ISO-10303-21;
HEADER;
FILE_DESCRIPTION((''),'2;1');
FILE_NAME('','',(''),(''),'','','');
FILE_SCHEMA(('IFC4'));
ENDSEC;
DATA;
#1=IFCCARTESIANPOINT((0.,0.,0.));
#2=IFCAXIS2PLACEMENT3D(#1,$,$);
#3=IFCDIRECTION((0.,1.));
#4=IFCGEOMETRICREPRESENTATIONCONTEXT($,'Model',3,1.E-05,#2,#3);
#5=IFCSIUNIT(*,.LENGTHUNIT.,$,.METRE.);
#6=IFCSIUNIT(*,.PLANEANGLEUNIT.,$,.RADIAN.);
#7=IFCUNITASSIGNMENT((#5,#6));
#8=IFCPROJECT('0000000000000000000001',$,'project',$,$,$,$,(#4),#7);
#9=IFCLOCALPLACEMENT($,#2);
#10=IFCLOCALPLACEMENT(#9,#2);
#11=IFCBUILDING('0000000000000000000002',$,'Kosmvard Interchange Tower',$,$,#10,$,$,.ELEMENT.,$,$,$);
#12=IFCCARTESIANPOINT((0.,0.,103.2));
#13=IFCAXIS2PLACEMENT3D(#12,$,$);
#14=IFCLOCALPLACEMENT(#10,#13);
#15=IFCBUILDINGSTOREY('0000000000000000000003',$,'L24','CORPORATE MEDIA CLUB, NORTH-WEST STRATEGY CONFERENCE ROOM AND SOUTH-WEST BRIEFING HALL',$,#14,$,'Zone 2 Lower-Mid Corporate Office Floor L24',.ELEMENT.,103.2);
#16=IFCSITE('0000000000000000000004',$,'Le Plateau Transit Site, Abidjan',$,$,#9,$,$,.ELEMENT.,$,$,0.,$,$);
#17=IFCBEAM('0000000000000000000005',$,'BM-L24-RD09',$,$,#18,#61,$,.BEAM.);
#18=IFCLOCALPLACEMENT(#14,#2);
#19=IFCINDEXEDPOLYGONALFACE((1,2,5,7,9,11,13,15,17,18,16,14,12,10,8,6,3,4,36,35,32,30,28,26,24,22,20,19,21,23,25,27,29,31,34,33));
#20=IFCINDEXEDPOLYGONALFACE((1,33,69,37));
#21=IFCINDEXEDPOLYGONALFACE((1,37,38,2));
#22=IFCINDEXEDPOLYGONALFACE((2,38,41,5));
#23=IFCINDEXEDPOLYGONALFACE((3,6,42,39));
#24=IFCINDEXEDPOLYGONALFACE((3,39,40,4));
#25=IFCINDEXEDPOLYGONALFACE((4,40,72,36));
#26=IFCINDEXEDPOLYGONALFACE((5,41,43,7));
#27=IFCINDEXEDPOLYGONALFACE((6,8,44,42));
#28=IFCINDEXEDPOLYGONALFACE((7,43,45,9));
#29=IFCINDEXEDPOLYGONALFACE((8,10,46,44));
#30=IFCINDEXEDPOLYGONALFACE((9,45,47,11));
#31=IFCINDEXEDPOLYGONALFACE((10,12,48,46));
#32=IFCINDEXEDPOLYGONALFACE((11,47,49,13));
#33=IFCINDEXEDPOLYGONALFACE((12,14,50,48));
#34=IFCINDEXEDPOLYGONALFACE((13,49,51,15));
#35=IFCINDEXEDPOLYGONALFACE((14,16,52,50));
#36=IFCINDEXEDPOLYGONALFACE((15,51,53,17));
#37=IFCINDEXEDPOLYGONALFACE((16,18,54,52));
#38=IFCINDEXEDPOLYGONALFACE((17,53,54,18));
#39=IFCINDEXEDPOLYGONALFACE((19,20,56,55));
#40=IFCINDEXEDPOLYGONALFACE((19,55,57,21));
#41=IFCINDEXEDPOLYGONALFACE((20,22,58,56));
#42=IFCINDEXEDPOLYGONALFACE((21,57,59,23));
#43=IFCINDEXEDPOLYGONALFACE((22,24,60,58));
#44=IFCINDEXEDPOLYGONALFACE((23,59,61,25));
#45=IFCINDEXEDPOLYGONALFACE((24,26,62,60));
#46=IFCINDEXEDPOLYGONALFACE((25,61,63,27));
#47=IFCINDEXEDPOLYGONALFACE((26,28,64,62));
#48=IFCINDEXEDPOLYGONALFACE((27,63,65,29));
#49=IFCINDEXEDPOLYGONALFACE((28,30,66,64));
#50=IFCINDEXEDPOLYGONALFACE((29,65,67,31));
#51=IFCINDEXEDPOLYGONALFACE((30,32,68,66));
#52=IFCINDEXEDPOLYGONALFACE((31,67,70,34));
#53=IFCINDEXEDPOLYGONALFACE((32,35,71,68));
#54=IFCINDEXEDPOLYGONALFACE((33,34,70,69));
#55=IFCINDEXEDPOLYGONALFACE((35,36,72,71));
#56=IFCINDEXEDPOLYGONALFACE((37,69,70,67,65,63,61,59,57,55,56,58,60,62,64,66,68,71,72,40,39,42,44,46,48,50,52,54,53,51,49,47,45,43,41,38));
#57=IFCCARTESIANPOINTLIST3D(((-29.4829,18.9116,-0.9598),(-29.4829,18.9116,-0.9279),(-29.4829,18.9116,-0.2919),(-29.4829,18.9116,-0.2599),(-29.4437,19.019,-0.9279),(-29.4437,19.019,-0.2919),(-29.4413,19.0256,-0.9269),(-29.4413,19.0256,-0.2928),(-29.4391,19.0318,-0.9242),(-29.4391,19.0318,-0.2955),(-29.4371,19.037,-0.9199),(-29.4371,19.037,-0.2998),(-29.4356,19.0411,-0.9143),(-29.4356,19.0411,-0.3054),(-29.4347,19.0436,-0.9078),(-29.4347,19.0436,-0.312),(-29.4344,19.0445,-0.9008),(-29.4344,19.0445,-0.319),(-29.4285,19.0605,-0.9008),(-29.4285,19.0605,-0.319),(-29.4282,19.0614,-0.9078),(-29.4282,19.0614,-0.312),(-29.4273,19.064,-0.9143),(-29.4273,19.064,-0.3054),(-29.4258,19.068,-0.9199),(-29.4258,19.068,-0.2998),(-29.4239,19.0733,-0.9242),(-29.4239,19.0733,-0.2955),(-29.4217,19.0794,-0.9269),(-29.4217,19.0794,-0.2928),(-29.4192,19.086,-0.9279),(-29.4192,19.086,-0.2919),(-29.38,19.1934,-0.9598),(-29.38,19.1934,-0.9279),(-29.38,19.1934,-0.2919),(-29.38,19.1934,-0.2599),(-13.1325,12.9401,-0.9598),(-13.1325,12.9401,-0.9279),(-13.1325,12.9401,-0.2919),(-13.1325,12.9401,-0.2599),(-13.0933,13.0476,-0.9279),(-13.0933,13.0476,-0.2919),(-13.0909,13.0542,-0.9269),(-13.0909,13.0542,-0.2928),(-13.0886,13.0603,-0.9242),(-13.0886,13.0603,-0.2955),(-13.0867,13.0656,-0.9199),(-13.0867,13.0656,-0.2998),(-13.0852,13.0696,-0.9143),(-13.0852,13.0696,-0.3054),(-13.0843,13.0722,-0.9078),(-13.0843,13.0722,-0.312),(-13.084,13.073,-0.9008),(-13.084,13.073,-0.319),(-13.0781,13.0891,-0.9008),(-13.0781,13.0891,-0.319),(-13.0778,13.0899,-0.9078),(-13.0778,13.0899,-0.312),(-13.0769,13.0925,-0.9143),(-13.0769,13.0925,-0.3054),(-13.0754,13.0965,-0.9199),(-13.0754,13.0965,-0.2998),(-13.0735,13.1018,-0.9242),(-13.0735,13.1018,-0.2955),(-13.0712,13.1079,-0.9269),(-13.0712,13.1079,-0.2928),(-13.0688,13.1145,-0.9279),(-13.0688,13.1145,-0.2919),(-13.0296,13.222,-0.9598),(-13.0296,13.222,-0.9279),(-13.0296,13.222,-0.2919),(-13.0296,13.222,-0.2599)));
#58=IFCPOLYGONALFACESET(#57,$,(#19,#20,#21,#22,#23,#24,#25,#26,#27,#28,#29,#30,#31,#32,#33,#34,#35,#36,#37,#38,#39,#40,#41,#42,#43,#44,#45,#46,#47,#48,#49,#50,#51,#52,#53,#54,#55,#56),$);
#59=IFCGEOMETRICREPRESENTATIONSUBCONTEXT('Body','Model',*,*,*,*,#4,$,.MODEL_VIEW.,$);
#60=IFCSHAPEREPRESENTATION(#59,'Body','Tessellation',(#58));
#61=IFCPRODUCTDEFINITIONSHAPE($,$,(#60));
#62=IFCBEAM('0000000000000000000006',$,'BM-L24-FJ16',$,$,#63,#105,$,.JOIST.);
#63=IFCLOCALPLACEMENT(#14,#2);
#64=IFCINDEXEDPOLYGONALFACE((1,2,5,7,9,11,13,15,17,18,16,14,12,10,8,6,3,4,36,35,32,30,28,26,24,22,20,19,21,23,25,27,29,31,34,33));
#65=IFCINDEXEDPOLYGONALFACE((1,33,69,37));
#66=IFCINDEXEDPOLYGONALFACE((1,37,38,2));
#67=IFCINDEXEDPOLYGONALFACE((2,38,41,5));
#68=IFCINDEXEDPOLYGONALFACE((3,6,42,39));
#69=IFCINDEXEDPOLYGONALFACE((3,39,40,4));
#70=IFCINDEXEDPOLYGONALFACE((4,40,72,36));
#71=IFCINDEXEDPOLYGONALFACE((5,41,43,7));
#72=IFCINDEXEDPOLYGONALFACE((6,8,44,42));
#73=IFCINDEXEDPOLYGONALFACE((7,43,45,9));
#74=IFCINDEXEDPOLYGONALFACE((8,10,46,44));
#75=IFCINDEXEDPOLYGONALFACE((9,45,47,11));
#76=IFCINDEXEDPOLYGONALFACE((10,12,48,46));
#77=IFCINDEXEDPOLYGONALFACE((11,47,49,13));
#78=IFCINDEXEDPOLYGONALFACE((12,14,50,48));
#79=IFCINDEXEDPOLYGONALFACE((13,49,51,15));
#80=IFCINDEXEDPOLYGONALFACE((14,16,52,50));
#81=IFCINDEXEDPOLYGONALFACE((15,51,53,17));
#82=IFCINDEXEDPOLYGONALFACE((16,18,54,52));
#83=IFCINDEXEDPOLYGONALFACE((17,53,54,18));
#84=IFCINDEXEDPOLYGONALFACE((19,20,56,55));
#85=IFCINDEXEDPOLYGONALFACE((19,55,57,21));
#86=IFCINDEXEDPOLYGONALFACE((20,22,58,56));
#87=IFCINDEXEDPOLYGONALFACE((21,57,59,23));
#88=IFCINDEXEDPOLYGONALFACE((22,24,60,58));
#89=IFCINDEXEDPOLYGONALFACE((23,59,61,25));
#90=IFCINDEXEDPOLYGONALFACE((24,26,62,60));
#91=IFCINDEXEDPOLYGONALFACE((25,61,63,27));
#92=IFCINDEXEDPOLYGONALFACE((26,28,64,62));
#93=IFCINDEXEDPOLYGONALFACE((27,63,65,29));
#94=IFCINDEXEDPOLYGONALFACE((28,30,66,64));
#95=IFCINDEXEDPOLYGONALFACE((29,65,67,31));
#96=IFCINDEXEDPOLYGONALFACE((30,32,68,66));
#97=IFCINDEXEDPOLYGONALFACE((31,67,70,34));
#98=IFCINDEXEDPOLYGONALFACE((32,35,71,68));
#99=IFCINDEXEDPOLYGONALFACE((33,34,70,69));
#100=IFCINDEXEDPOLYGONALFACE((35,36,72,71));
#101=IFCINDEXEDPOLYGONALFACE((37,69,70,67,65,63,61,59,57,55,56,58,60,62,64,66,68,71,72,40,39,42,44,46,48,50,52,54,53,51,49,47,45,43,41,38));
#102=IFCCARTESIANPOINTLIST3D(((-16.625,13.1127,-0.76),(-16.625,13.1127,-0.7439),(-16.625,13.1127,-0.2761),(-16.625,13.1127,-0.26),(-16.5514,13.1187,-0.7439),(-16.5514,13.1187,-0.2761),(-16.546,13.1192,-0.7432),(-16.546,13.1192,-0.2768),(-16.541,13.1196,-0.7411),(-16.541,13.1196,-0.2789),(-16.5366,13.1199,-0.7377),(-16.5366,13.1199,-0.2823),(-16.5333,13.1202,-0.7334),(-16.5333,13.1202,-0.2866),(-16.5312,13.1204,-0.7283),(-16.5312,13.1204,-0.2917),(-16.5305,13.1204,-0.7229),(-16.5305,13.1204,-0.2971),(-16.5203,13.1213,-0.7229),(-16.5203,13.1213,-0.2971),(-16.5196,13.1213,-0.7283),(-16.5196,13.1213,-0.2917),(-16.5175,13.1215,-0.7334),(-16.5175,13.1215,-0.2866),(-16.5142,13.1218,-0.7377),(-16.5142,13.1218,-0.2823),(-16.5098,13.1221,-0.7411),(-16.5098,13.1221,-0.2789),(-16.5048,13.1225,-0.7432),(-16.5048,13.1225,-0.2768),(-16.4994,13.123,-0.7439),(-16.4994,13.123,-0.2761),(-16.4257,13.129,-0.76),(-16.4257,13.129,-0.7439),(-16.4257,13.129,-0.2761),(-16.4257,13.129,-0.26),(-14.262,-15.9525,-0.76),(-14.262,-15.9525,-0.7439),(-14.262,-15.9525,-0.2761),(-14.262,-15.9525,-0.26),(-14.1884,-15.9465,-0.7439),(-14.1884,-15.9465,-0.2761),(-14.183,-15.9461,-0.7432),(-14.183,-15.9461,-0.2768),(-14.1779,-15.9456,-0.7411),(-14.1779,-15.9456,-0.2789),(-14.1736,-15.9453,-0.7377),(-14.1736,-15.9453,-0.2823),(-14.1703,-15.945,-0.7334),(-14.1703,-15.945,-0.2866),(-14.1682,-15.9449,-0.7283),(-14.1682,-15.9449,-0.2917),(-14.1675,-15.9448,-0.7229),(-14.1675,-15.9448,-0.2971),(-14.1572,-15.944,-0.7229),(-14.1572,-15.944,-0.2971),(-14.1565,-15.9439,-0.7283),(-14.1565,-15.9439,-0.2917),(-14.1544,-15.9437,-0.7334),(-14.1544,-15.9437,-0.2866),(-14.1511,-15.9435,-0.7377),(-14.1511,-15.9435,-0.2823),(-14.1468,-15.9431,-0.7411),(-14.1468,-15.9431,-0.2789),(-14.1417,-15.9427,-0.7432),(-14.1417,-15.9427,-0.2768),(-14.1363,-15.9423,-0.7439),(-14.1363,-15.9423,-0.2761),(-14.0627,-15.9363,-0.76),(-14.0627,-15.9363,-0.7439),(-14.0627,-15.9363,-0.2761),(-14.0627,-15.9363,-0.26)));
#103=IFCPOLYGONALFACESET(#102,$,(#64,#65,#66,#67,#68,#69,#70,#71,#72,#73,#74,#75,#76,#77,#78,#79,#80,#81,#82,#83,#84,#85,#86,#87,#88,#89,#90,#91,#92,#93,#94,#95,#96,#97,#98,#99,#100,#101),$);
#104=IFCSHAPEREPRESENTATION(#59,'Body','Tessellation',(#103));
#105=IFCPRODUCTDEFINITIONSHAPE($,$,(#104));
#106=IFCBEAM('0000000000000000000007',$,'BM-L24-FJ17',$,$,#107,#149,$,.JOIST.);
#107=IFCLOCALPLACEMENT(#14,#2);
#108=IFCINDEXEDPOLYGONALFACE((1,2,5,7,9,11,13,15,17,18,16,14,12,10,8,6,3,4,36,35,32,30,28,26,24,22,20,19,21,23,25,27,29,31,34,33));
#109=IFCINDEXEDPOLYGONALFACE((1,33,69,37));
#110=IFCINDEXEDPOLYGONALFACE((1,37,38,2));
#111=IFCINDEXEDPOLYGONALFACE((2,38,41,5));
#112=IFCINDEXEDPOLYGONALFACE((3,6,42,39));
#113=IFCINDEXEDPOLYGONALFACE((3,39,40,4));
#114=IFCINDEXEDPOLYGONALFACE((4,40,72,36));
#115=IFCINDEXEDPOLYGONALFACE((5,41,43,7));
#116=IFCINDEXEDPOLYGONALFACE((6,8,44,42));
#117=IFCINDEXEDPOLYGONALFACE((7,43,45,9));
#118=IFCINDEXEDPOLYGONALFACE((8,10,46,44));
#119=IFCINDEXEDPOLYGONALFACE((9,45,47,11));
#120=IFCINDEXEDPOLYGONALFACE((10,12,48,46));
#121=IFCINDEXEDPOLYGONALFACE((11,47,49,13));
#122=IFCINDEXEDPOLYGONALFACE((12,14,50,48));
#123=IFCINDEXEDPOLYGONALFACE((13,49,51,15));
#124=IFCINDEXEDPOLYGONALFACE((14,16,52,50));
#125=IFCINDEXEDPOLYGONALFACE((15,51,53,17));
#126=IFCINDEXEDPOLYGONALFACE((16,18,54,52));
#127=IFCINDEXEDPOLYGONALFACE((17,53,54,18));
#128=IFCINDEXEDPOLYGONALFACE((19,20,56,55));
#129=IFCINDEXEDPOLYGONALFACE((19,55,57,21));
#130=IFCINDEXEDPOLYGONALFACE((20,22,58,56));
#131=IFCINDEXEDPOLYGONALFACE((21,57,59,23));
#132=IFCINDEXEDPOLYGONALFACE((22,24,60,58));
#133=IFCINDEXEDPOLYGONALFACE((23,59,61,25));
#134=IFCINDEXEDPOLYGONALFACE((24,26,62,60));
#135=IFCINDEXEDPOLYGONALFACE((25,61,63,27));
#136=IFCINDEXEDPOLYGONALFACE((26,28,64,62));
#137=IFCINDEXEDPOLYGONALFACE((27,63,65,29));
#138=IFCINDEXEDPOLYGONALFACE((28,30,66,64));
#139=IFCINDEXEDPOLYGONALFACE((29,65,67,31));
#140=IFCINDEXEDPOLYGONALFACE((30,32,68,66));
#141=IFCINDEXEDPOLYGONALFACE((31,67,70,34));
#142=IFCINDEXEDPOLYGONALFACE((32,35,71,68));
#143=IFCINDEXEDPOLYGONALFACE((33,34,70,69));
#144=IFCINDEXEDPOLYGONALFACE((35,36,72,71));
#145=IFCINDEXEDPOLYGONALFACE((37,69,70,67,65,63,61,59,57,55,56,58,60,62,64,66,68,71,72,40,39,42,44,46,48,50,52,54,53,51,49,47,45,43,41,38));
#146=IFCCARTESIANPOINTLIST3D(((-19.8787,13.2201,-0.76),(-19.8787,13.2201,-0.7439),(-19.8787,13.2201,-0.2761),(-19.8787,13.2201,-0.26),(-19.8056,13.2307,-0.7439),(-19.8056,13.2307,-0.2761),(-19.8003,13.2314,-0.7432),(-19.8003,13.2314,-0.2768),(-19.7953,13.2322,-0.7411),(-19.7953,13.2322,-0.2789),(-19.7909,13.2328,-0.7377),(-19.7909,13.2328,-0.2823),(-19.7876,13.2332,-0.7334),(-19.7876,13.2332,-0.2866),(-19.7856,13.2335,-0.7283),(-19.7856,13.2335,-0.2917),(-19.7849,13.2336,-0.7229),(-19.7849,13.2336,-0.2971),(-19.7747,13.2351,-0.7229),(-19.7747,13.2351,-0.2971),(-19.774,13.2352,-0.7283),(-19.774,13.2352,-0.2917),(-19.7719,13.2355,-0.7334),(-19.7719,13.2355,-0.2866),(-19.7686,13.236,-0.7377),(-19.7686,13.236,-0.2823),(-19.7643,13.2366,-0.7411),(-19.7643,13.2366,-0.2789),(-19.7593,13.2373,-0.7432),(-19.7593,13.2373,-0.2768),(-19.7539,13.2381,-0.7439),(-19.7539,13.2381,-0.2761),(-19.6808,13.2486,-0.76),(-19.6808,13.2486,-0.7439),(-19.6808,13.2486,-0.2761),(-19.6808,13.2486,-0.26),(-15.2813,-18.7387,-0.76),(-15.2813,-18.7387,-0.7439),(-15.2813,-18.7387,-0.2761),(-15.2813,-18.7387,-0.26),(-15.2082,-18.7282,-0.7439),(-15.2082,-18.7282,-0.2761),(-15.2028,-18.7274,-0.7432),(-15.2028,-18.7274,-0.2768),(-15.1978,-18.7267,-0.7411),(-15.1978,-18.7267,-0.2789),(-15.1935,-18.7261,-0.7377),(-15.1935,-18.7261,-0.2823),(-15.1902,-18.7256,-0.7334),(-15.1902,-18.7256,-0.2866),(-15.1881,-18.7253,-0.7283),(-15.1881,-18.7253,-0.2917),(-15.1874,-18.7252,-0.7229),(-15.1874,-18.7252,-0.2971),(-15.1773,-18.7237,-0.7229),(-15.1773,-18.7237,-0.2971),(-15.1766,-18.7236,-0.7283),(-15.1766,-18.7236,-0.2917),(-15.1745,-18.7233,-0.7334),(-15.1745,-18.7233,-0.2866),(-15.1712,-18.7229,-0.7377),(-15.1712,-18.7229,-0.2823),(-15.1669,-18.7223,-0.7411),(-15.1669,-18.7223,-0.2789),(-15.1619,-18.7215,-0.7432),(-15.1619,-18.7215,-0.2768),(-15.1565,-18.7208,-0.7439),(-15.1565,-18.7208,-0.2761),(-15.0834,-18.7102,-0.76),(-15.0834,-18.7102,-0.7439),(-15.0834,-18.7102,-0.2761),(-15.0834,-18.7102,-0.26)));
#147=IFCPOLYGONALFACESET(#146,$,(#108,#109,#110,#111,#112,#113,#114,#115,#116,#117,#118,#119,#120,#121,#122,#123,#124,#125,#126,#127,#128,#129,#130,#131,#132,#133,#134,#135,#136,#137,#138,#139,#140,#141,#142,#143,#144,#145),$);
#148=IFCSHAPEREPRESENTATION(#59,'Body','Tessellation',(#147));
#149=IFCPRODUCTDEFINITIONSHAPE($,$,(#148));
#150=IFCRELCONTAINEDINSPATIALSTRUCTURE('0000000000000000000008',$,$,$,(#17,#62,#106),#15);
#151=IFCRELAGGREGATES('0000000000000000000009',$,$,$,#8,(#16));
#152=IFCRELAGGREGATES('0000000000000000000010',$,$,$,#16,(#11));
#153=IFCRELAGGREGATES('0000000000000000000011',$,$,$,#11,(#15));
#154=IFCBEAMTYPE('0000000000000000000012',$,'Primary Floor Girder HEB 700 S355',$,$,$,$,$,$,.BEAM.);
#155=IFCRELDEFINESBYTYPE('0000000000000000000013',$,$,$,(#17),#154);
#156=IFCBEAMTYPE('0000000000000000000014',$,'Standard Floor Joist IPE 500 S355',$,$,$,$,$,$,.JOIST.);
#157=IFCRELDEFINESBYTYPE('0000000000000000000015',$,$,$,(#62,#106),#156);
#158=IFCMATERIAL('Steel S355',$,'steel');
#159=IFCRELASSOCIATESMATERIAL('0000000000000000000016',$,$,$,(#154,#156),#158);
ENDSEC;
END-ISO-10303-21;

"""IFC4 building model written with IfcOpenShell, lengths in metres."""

from ifc_helpers import new_model, si_unit, direction, frame, origin, origin_2d, place, context, subcontext, project, spatial, i_section, extrude, source, transform, mapped, material, material_profile, profile_set, type_object, element, save


model = new_model("IFC4")

# Units and contexts
model_context = context("Model", 3, precision=1e-05, world=origin(), true_north=direction((0.0, 1.0)))
body_context = subcontext(model_context, "Body", "Model", "MODEL_VIEW")
ifc_project = project(units=[si_unit("LENGTHUNIT", "METRE"), si_unit("PLANEANGLEUNIT", "RADIAN")], contexts=[model_context])

# Site, building, storey
site_placement = place(None, origin())
site = spatial("IfcSite", under=ifc_project, at=site_placement, Name="Le Plateau Transit Site, Abidjan", CompositionType="ELEMENT", RefElevation=0.0)
building_placement = place(site_placement, origin())
building = spatial("IfcBuilding", under=site, at=building_placement, Name="Kosmvard Interchange Tower", CompositionType="ELEMENT")
storey_placement = place(building_placement, frame((0.0, 0.0, 103.2)))
storey = spatial("IfcBuildingStorey", under=building, at=storey_placement, Name="L24", Description="CORPORATE MEDIA CLUB, NORTH-WEST STRATEGY CONFERENCE ROOM AND SOUTH-WEST BRIEFING HALL", LongName="Zone 2 Lower-Mid Corporate Office Floor L24", CompositionType="ELEMENT", Elevation=103.2)

# Beams
ifc_material_1 = material(Name="Steel S355", Category="steel")
ifc_material_profile_1 = material_profile(ifc_material_1, i_section(OverallWidth=0.3, OverallDepth=0.7, WebThickness=0.0171, FlangeThickness=0.032, FilletRadius=0.0271, at=origin_2d()), Name="HEB 700")
ifc_profile_set_1 = profile_set([ifc_material_profile_1], Name="Steel S355")
beam_type_1 = type_object("IfcBeamType", Name="Primary Floor Girder HEB 700 S355", PredefinedType="BEAM", material=ifc_profile_set_1)
shared_shape_1 = source(origin(), body_context, "Body", "SweptSolid", [
    extrude(i_section(OverallWidth=0.3, OverallDepth=0.7, WebThickness=0.0171, FlangeThickness=0.032, FilletRadius=0.0271, at=origin_2d()), origin(), (0.0, 0.0, 1.0), 17.4067),
])
beam_1_placement = place(storey_placement, frame((-13.0811, 13.0811, -0.6099), z_axis=(-0.939315, 0.343055, 0.0), x_axis=(-0.343055, -0.939315, 0.0)))
element("IfcBeam", 1, at=beam_1_placement, inside=storey, type_object=beam_type_1, Name="BM-L24-RD09", PredefinedType="BEAM", context=body_context, shape_type="MappedRepresentation", body=[
    mapped(shared_shape_1, transform((0.0, 0.0, 0.0), scale=1.0)),
])
ifc_material_profile_2 = material_profile(ifc_material_1, i_section(OverallWidth=0.2, OverallDepth=0.5, WebThickness=0.0103, FlangeThickness=0.0161, FilletRadius=0.021, at=origin_2d()), Name="IPE 500")
ifc_profile_set_2 = profile_set([ifc_material_profile_2], Name="Steel S355")
beam_type_2 = type_object("IfcBeamType", Name="Standard Floor Joist IPE 500 S355", PredefinedType="JOIST", material=ifc_profile_set_2)
shared_shape_2 = source(origin(), body_context, "Body", "SweptSolid", [
    extrude(i_section(OverallWidth=0.2, OverallDepth=0.5, WebThickness=0.0103, FlangeThickness=0.0161, FilletRadius=0.021, at=origin_2d()), origin(), (0.0, 0.0, 1.0), 29.1611),
])
beam_2_placement = place(storey_placement, frame((-16.5254, 13.1208, -0.51), z_axis=(0.081034, -0.996711, 0.0), x_axis=(0.996711, 0.081034, 0.0)))
element("IfcBeam", 2, at=beam_2_placement, inside=storey, type_object=beam_type_2, Name="BM-L24-FJ16", PredefinedType="JOIST", context=body_context, shape_type="MappedRepresentation", body=[
    mapped(shared_shape_2, transform((0.0, 0.0, 0.0), scale=1.0)),
])
shared_shape_3 = source(origin(), body_context, "Body", "SweptSolid", [
    extrude(i_section(OverallWidth=0.2, OverallDepth=0.5, WebThickness=0.0103, FlangeThickness=0.0161, FilletRadius=0.021, at=origin_2d()), origin(), (0.0, 0.0, 1.0), 32.2878),
])
beam_3_placement = place(storey_placement, frame((-19.7798, 13.2344, -0.51), z_axis=(0.142389, -0.989811, 0.0), x_axis=(0.989811, 0.142389, 0.0)))
element("IfcBeam", 3, at=beam_3_placement, inside=storey, type_object=beam_type_2, Name="BM-L24-FJ17", PredefinedType="JOIST", context=body_context, shape_type="MappedRepresentation", body=[
    mapped(shared_shape_3, transform((0.0, 0.0, 0.0), scale=1.0)),
])

save(model, "model.ifc")
